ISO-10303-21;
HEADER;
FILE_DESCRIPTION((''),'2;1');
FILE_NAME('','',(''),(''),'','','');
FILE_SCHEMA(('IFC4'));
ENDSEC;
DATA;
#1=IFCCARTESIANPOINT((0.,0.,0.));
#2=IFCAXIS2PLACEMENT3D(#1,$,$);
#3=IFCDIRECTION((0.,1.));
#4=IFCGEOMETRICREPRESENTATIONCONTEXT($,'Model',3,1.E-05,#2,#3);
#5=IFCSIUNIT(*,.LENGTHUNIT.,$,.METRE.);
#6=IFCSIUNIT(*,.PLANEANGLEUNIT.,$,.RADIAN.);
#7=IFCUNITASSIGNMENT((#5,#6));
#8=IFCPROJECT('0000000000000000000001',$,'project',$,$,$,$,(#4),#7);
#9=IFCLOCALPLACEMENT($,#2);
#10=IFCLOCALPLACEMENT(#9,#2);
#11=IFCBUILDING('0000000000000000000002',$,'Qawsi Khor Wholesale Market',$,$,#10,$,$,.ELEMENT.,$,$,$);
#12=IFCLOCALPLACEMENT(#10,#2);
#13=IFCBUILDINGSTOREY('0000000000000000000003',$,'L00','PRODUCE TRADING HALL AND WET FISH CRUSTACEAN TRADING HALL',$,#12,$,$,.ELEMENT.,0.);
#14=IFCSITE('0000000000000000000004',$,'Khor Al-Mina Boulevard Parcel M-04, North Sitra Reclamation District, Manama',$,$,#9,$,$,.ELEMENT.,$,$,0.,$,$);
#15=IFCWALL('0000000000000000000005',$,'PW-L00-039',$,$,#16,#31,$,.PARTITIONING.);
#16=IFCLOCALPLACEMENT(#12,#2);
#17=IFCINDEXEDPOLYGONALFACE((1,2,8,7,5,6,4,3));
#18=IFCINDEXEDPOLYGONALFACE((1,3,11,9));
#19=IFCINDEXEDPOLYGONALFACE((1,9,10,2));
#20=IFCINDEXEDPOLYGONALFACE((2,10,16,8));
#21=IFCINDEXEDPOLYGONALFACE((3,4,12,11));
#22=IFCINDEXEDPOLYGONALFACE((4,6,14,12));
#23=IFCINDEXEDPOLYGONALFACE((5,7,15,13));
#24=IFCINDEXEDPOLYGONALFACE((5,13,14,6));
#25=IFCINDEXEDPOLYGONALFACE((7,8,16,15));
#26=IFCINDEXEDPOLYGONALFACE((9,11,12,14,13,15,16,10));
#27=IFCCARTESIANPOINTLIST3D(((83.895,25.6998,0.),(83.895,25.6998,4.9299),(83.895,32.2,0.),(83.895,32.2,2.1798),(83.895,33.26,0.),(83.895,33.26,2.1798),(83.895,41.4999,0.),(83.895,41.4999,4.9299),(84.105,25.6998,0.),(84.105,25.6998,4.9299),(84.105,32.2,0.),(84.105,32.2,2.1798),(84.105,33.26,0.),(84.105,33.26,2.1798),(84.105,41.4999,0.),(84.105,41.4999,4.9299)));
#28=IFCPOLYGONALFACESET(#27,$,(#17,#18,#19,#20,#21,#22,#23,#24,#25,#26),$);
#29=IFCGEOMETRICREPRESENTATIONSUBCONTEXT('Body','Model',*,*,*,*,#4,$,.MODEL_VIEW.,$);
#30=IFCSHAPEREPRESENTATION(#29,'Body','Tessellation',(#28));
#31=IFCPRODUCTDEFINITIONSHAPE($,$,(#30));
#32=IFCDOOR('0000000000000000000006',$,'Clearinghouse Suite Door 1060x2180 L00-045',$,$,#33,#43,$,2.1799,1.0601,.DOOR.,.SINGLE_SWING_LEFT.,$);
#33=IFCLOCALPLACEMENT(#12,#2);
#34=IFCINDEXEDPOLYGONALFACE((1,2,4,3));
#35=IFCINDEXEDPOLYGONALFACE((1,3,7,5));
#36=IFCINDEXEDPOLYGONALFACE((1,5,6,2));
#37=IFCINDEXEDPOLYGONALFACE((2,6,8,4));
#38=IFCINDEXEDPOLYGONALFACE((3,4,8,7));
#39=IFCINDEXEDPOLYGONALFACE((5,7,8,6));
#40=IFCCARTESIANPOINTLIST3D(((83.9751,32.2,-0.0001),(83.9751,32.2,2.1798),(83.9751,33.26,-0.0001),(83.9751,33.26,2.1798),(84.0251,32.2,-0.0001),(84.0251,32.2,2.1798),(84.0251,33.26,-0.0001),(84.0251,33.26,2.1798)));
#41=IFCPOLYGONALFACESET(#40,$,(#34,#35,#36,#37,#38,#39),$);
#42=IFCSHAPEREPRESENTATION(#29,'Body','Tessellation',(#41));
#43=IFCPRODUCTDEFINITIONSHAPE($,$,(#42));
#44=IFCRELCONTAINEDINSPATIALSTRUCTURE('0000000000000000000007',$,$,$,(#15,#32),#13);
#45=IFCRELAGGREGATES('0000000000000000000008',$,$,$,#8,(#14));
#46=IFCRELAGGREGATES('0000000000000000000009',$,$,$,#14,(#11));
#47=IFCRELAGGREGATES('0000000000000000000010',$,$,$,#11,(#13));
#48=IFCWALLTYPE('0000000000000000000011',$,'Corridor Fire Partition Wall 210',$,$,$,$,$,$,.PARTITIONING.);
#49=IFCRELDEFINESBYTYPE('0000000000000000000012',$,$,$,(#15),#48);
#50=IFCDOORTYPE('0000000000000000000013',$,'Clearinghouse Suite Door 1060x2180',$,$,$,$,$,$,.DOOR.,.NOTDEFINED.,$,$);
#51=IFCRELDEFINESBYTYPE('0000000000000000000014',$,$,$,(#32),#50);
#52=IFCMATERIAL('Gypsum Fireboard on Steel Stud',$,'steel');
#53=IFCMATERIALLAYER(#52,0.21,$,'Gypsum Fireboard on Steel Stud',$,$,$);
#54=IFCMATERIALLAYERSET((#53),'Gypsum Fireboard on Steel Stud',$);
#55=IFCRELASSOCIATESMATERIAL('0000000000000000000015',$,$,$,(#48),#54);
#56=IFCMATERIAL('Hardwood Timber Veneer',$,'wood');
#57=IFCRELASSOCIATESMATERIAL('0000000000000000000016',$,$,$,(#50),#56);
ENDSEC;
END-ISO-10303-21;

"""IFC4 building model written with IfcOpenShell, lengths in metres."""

from ifc_helpers import new_model, si_unit, direction, frame, frame_2d, origin, place, context, subcontext, project, spatial, rectangle, extrude, material, layer, layer_set, type_object, element, fill, save


model = new_model("IFC4")

# Units and contexts
model_context = context("Model", 3, precision=1e-05, world=origin(), true_north=direction((0.0, 1.0)))
body_context = subcontext(model_context, "Body", "Model", "MODEL_VIEW")
ifc_project = project(units=[si_unit("LENGTHUNIT", "METRE"), si_unit("PLANEANGLEUNIT", "RADIAN")], contexts=[model_context])

# Site, building, storey
site_placement = place(None, origin())
site = spatial("IfcSite", under=ifc_project, at=site_placement, Name="Khor Al-Mina Boulevard Parcel M-04, North Sitra Reclamation District, Manama", CompositionType="ELEMENT", RefElevation=0.0)
building_placement = place(site_placement, origin())
building = spatial("IfcBuilding", under=site, at=building_placement, Name="Qawsi Khor Wholesale Market", CompositionType="ELEMENT")
storey_placement = place(building_placement, origin())
storey = spatial("IfcBuildingStorey", under=building, at=storey_placement, Name="L00", Description="PRODUCE TRADING HALL AND WET FISH CRUSTACEAN TRADING HALL", CompositionType="ELEMENT", Elevation=0.0)

# Wall, opening, door
ifc_material_1 = material(Name="Gypsum Fireboard on Steel Stud", Category="steel")
ifc_layer_1 = layer(ifc_material_1, 0.21, Name="Gypsum Fireboard on Steel Stud")
ifc_layer_set_1 = layer_set([ifc_layer_1], Name="Gypsum Fireboard on Steel Stud")
wall_type_1 = type_object("IfcWallType", Name="Corridor Fire Partition Wall 210", PredefinedType="PARTITIONING", material=ifc_layer_set_1)
wall_1_placement = place(storey_placement, frame((84.0, 25.7, 0.0), z_axis=(0.0, 0.0, 1.0), x_axis=(0.0, 1.0, 0.0)))
wall_1 = element("IfcWall", 1, at=wall_1_placement, inside=storey, type_object=wall_type_1, Name="PW-L00-039", PredefinedType="PARTITIONING", context=body_context, shape_type="SweptSolid", body=[
    extrude(rectangle(XDim=15.8, YDim=0.21, at=frame_2d((7.8999, 0.0))), origin(), (0.0, 0.0, 1.0), 4.9299),
])
opening_1_placement = place(wall_1_placement, frame((6.5, 0.0, 0.0)))
opening_1 = element("IfcOpeningElement", 2, at=opening_1_placement, cuts=wall_1, PredefinedType="OPENING", context=body_context, shape_type="SweptSolid", body=[
    extrude(rectangle(XDim=1.0601, YDim=2.1799, at=frame_2d((0.53, 1.0898))), frame((0.0, 0.115, 0.0), z_axis=(0.0, -1.0, 0.0), x_axis=(1.0, 0.0, 0.0)), (0.0, 0.0, 1.0), 0.23),
])
ifc_material_2 = material(Name="Hardwood Timber Veneer", Category="wood")
door_type_1 = type_object("IfcDoorType", Name="Clearinghouse Suite Door 1060x2180", OperationType="NOTDEFINED", PredefinedType="DOOR", material=ifc_material_2)
door_1_placement = place(opening_1_placement, origin())
door_1 = element("IfcDoor", 3, at=door_1_placement, inside=storey, type_object=door_type_1, Name="Clearinghouse Suite Door 1060x2180 L00-045", OperationType="SINGLE_SWING_LEFT", OverallHeight=2.1799, OverallWidth=1.0601, PredefinedType="DOOR", context=body_context, shape_type="SweptSolid", body=[
    extrude(rectangle(XDim=1.0601, YDim=2.1799, at=frame_2d((0.53, 1.0898))), frame((0.0, 0.0249, 0.0), z_axis=(0.0, -1.0, 0.0), x_axis=(1.0, 0.0, 0.0)), (0.0, 0.0, 1.0), 0.05),
])
fill(opening_1, door_1)

save(model, "model.ifc")
